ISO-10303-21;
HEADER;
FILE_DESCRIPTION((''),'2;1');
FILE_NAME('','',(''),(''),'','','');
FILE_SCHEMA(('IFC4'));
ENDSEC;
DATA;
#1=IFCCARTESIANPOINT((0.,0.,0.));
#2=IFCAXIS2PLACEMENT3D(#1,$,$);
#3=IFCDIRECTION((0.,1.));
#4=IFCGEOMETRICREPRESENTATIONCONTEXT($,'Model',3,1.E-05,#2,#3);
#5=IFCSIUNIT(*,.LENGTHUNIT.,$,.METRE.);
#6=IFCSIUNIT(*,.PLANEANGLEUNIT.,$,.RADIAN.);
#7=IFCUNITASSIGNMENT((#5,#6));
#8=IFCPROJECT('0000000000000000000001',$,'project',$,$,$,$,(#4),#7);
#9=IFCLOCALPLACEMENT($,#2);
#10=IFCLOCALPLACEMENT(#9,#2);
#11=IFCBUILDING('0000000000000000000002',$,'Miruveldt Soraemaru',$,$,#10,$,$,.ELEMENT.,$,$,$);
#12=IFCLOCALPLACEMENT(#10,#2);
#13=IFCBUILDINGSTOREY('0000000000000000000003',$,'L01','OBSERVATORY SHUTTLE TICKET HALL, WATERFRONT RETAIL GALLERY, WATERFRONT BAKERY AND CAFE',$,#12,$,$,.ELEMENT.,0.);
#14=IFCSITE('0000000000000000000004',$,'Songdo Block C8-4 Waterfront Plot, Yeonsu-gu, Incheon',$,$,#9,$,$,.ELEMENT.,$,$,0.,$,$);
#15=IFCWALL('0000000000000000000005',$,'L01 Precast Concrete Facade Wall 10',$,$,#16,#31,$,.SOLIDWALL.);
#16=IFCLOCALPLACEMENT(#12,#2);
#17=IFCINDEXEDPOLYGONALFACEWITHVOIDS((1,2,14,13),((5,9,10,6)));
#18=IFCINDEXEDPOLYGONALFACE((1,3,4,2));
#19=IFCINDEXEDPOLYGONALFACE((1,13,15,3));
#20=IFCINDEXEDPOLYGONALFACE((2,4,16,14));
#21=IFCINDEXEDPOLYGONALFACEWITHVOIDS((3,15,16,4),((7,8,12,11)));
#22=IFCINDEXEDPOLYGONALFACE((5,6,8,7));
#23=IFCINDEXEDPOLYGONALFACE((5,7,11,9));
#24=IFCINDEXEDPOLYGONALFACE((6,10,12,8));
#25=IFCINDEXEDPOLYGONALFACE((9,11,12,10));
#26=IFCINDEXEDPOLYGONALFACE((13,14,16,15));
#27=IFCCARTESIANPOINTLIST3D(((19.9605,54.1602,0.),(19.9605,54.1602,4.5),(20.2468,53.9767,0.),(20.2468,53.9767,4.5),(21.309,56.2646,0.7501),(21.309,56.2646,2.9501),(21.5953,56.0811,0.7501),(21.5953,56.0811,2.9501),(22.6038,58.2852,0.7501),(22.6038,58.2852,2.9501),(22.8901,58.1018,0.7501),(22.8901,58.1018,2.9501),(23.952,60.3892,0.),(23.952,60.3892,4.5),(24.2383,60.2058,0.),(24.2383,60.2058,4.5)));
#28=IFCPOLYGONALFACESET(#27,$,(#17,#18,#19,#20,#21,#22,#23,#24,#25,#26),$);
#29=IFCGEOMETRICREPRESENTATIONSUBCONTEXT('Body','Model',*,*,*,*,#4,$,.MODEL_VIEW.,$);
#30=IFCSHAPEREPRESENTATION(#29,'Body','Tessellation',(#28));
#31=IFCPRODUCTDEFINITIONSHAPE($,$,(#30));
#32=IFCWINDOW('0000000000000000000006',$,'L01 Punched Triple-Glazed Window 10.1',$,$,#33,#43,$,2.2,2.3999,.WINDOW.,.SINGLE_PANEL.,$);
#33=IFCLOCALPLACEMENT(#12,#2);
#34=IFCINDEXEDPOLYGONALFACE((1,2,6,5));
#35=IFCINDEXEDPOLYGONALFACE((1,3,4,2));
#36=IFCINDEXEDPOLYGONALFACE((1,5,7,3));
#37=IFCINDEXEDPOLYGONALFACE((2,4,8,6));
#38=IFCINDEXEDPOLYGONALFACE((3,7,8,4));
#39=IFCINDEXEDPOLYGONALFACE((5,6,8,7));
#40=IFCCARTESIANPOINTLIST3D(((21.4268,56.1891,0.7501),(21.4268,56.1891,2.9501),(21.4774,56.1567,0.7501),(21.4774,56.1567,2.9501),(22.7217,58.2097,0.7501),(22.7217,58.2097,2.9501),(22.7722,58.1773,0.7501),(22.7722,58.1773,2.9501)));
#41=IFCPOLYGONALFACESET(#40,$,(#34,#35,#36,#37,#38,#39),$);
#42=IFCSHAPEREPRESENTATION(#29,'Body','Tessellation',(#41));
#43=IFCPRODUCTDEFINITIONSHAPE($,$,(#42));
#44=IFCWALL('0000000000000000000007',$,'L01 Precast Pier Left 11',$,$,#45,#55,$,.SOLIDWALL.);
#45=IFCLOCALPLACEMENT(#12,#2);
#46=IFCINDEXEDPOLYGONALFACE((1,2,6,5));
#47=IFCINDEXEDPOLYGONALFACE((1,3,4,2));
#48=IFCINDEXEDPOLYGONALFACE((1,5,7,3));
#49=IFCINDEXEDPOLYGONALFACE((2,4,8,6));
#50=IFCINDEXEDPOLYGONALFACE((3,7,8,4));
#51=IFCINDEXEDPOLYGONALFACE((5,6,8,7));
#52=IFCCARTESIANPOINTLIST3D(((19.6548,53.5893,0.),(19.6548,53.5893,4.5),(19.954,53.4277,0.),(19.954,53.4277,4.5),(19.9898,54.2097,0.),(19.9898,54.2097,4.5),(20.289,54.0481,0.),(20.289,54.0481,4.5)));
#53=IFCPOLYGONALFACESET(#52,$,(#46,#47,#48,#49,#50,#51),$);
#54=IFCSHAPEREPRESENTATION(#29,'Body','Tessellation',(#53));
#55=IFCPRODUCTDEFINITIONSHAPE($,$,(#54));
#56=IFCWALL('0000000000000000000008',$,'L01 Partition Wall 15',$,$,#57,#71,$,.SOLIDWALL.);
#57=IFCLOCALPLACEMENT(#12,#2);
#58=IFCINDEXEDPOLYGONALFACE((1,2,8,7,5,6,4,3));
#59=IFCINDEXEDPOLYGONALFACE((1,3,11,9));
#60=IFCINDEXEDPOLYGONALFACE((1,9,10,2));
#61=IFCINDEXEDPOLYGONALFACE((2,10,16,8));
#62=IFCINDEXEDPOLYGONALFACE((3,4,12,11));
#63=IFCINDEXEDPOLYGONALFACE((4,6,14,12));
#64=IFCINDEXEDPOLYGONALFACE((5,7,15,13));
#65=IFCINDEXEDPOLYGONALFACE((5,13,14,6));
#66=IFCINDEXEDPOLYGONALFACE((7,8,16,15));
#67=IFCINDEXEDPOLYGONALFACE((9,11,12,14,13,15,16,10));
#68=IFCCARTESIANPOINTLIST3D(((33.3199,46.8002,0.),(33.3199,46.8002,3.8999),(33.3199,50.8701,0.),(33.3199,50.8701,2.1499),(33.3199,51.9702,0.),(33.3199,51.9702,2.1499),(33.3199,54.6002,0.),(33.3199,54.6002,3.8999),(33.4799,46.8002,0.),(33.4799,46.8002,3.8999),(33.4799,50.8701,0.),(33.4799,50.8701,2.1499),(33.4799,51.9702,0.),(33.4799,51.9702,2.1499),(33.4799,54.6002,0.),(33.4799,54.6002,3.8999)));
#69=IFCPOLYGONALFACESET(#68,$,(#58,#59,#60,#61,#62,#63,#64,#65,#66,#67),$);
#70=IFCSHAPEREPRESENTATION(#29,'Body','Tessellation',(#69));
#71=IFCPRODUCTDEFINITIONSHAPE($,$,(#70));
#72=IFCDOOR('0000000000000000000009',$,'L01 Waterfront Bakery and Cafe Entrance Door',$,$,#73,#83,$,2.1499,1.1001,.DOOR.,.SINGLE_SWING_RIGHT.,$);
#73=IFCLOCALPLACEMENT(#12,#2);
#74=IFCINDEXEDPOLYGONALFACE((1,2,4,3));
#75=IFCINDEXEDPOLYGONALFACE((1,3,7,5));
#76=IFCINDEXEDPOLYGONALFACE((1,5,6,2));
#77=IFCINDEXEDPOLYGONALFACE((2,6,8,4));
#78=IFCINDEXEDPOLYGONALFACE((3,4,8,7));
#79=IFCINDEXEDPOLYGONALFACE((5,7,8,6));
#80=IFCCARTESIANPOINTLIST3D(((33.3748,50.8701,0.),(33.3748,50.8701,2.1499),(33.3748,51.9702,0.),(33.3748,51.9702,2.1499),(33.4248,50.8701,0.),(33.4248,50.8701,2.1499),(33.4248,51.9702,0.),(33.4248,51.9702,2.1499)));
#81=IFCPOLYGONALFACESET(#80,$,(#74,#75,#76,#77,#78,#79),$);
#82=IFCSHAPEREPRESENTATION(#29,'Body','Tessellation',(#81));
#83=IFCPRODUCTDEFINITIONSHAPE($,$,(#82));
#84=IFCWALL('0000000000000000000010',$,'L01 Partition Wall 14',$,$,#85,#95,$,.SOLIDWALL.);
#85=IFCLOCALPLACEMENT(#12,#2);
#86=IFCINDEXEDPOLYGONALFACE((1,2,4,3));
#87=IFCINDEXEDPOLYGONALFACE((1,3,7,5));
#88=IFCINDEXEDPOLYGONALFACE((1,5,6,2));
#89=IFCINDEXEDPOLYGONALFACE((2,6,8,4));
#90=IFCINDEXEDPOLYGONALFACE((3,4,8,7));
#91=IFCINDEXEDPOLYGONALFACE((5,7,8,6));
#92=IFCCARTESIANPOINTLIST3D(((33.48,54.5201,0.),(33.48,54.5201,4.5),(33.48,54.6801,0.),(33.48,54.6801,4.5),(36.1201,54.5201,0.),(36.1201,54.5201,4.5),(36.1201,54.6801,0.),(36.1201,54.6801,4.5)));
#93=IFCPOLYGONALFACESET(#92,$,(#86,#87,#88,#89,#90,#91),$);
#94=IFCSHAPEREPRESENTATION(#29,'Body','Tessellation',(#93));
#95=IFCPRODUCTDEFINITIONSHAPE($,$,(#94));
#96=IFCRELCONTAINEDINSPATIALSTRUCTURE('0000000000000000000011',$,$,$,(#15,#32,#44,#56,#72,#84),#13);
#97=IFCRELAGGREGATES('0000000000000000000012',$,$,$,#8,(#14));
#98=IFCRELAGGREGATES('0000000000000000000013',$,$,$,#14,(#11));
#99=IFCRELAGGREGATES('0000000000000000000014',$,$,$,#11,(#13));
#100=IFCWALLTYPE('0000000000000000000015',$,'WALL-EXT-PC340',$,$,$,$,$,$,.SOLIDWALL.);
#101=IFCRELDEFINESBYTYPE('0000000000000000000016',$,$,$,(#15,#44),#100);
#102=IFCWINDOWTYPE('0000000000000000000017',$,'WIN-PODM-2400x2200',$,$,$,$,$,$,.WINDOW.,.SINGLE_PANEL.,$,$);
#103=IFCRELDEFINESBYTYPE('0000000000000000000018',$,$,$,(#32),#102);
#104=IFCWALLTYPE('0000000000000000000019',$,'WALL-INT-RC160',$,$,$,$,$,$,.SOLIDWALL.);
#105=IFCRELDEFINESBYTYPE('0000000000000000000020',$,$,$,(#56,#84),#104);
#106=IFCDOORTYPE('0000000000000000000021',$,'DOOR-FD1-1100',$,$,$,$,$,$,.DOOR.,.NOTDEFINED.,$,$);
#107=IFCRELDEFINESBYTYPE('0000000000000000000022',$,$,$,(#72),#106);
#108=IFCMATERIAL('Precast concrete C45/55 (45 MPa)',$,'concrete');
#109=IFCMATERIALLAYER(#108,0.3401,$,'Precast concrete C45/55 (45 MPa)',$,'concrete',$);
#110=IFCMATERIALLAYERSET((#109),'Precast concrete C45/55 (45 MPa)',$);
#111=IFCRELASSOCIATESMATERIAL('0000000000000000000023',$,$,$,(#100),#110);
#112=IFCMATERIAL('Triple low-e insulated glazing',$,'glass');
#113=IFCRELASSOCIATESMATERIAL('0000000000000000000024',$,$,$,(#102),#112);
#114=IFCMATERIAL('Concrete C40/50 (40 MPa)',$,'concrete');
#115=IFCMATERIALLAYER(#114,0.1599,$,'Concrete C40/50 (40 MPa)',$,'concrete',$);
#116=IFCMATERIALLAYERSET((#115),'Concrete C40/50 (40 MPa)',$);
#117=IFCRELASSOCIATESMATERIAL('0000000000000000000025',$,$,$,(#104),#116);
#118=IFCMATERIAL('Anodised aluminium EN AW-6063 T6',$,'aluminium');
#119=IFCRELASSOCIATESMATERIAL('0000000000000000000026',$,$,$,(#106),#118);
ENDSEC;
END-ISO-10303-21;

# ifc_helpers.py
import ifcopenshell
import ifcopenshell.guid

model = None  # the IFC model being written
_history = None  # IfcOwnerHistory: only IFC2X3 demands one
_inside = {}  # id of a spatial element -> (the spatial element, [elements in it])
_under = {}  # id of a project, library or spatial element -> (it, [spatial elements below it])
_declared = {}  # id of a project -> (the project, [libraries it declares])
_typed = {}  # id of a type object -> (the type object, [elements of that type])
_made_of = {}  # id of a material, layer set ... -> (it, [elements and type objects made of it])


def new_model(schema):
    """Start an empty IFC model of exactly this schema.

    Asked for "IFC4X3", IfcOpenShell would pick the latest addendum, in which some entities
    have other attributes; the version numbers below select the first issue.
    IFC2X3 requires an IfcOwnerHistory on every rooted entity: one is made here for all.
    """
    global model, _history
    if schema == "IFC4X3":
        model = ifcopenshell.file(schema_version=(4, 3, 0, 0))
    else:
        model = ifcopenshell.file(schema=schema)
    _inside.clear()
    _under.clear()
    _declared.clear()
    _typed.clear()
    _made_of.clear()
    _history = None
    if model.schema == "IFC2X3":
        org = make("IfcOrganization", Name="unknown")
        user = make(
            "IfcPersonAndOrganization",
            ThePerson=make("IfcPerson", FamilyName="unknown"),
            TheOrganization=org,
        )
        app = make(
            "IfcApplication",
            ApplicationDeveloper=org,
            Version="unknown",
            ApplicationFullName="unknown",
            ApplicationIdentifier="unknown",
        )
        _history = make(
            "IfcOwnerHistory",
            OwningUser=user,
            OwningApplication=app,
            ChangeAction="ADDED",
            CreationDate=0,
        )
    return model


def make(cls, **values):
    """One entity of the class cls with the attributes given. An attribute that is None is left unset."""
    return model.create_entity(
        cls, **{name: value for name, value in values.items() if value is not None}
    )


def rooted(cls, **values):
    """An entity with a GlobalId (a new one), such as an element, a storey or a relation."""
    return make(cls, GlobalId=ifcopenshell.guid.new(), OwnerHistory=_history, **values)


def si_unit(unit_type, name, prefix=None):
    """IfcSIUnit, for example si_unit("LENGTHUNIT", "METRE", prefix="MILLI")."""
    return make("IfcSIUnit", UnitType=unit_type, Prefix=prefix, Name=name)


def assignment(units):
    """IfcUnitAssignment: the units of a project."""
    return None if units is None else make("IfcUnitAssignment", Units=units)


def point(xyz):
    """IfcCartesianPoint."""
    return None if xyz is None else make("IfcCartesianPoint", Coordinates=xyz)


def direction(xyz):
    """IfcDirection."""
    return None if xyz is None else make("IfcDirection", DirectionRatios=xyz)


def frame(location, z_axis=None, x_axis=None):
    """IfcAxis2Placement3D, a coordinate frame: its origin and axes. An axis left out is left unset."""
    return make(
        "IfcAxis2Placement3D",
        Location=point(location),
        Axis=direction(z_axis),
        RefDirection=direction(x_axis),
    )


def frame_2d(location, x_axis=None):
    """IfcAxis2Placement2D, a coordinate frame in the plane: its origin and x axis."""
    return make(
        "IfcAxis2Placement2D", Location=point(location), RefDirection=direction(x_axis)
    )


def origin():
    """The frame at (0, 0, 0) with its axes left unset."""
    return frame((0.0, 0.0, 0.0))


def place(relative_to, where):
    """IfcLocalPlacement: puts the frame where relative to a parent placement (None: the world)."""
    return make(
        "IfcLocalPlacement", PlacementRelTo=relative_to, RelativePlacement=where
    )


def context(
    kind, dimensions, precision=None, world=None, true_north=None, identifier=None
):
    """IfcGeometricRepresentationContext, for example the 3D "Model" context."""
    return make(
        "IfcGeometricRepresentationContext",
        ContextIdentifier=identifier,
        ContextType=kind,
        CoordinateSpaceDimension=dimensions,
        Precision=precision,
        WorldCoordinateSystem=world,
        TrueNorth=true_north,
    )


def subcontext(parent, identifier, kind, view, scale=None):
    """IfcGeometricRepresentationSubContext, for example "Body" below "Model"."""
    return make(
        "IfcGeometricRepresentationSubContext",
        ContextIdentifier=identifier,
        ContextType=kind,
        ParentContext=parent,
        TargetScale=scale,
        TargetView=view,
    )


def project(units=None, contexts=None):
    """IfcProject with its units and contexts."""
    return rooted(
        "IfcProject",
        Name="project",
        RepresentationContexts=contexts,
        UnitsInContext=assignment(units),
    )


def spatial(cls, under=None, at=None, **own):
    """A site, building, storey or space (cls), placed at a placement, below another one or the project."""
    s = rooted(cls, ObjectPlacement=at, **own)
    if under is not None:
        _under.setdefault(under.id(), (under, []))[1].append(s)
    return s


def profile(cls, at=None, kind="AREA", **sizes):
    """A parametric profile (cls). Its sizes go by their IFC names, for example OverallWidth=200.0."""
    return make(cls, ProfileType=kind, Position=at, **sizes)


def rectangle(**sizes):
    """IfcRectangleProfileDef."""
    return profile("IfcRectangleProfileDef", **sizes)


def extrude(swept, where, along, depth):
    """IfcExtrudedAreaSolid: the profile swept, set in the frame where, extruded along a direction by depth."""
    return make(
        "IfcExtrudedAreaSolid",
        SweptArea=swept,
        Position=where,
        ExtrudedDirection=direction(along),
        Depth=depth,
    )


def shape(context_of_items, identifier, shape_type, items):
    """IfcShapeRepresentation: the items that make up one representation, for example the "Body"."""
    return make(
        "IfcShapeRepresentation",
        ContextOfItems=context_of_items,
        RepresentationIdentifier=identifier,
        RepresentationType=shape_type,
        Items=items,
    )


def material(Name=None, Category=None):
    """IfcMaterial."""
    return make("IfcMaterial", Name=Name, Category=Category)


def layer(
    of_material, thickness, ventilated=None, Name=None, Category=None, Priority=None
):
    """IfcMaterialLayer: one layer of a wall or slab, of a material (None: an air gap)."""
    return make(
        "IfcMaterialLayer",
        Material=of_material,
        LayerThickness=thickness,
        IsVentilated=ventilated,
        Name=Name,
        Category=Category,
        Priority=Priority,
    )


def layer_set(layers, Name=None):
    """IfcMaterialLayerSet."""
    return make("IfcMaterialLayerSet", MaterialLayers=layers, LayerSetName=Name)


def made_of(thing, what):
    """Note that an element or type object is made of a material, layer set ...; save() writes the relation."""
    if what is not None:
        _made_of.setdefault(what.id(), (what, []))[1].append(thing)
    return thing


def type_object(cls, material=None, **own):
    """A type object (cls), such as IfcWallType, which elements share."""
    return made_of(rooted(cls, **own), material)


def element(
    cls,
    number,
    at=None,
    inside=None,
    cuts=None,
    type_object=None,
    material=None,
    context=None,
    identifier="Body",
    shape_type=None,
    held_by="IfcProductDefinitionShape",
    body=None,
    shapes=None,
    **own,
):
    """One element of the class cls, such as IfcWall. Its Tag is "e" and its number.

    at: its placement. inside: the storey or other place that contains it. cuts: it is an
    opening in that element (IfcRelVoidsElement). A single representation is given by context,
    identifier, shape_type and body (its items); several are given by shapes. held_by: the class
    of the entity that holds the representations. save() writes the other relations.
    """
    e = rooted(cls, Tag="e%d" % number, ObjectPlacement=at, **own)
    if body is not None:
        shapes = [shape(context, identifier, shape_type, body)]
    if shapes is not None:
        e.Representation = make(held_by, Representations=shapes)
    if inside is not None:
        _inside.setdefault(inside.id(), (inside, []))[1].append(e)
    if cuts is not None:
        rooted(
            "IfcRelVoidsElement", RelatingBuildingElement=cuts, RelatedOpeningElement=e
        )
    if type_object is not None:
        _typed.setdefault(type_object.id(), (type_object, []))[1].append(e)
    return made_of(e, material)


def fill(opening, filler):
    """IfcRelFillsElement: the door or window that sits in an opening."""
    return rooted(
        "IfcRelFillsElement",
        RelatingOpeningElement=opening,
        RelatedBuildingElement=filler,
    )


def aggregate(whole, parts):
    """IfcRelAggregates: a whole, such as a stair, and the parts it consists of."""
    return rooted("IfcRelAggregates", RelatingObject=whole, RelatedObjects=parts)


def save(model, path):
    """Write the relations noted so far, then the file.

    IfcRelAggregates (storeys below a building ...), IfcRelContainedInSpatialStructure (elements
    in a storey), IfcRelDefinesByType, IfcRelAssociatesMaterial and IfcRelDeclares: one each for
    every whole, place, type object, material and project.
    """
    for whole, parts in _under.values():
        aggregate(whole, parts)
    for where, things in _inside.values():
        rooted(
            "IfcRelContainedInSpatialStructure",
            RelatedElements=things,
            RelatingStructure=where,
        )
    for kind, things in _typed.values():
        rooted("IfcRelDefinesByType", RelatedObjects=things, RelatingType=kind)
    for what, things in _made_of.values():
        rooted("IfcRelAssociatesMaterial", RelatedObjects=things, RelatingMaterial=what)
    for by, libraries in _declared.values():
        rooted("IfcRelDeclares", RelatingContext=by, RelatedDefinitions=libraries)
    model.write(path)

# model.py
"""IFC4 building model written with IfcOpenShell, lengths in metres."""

from ifc_helpers import new_model, si_unit, direction, frame, frame_2d, origin, place, context, subcontext, project, spatial, rectangle, extrude, material, layer, layer_set, type_object, element, fill, save


model = new_model("IFC4")

# Units and contexts
model_context = context("Model", 3, precision=1e-05, world=origin(), true_north=direction((0.0, 1.0)))
body_context = subcontext(model_context, "Body", "Model", "MODEL_VIEW")
ifc_project = project(units=[si_unit("LENGTHUNIT", "METRE"), si_unit("PLANEANGLEUNIT", "RADIAN")], contexts=[model_context])

# Site, building, storey
site_placement = place(None, origin())
site = spatial("IfcSite", under=ifc_project, at=site_placement, Name="Songdo Block C8-4 Waterfront Plot, Yeonsu-gu, Incheon", CompositionType="ELEMENT", RefElevation=0.0)
building_placement = place(site_placement, origin())
building = spatial("IfcBuilding", under=site, at=building_placement, Name="Miruveldt Soraemaru", CompositionType="ELEMENT")
storey_placement = place(building_placement, origin())
storey = spatial("IfcBuildingStorey", under=building, at=storey_placement, Name="L01", Description="OBSERVATORY SHUTTLE TICKET HALL, WATERFRONT RETAIL GALLERY, WATERFRONT BAKERY AND CAFE", CompositionType="ELEMENT", Elevation=0.0)

# Shared definitions
ifc_material_1 = material(Name="Anodised aluminium EN AW-6063 T6", Category="aluminium")

# Shared definitions
ifc_material_2 = material(Name="Triple low-e insulated glazing", Category="glass")

# Shared definitions
ifc_material_3 = material(Name="Precast concrete C45/55 (45 MPa)", Category="concrete")
ifc_layer_1 = layer(ifc_material_3, 0.3401, Name="Precast concrete C45/55 (45 MPa)", Category="concrete")
ifc_layer_set_1 = layer_set([ifc_layer_1], Name="Precast concrete C45/55 (45 MPa)")
wall_type_1 = type_object("IfcWallType", Name="WALL-EXT-PC340", PredefinedType="SOLIDWALL", material=ifc_layer_set_1)

# Wall, opening, window
wall_1_placement = place(storey_placement, frame((24.0952, 60.2976, 0.0), z_axis=(0.0, 0.0, 1.0), x_axis=(-0.539523, -0.841971, 0.0)))
wall_1 = element("IfcWall", 1, at=wall_1_placement, inside=storey, type_object=wall_type_1, Name="L01 Precast Concrete Facade Wall 10", PredefinedType="SOLIDWALL", context=body_context, shape_type="SweptSolid", body=[
    extrude(rectangle(XDim=7.3982, YDim=0.3401, at=frame_2d((3.6992, 0.0))), origin(), (0.0, 0.0, 1.0), 4.5),
])
opening_1_placement = place(wall_1_placement, frame((2.499, 0.0, 0.75)))
opening_1 = element("IfcOpeningElement", 2, at=opening_1_placement, cuts=wall_1, PredefinedType="OPENING", context=body_context, shape_type="SweptSolid", body=[
    extrude(rectangle(XDim=2.3999, YDim=2.2, at=frame_2d((1.2, 1.1001))), frame((0.0, 0.1802, 0.0), z_axis=(0.0, -1.0, 0.0), x_axis=(1.0, 0.0, 0.0)), (0.0, 0.0, 1.0), 0.3601),
])
window_type = type_object("IfcWindowType", Name="WIN-PODM-2400x2200", PartitioningType="SINGLE_PANEL", PredefinedType="WINDOW", material=ifc_material_2)
window_placement = place(opening_1_placement, origin())
window = element("IfcWindow", 3, at=window_placement, inside=storey, type_object=window_type, Name="L01 Punched Triple-Glazed Window 10.1", OverallHeight=2.2, OverallWidth=2.3999, PartitioningType="SINGLE_PANEL", PredefinedType="WINDOW", context=body_context, shape_type="SweptSolid", body=[
    extrude(rectangle(XDim=2.3999, YDim=2.2, at=frame_2d((1.2, 1.1001))), frame((0.0, 0.03, 0.0), z_axis=(0.0, -1.0, 0.0), x_axis=(1.0, 0.0, 0.0)), (0.0, 0.0, 1.0), 0.0601),
])
fill(opening_1, window)

# Wall
wall_2_placement = place(storey_placement, frame((20.1394, 54.1289, 0.0), z_axis=(0.0, 0.0, 1.0), x_axis=(-0.475111, -0.879926, 0.0)))
element("IfcWall", 4, at=wall_2_placement, inside=storey, type_object=wall_type_1, Name="L01 Precast Pier Left 11", PredefinedType="SOLIDWALL", context=body_context, shape_type="SweptSolid", body=[
    extrude(rectangle(XDim=0.7051, YDim=0.3401, at=frame_2d((0.3525, 0.0))), origin(), (0.0, 0.0, 1.0), 4.5),
])

# Wall, opening, door
ifc_material_4 = material(Name="Concrete C40/50 (40 MPa)", Category="concrete")
ifc_layer_2 = layer(ifc_material_4, 0.1599, Name="Concrete C40/50 (40 MPa)", Category="concrete")
ifc_layer_set_2 = layer_set([ifc_layer_2], Name="Concrete C40/50 (40 MPa)")
wall_type_2 = type_object("IfcWallType", Name="WALL-INT-RC160", PredefinedType="SOLIDWALL", material=ifc_layer_set_2)
wall_3_placement = place(storey_placement, frame((33.3999, 54.6001, 0.0), z_axis=(0.0, 0.0, 1.0), x_axis=(0.0, -1.0, 0.0)))
wall_3 = element("IfcWall", 5, at=wall_3_placement, inside=storey, type_object=wall_type_2, Name="L01 Partition Wall 15", PredefinedType="SOLIDWALL", context=body_context, shape_type="SweptSolid", body=[
    extrude(rectangle(XDim=7.8, YDim=0.1599, at=frame_2d((3.8999, 0.0))), origin(), (0.0, 0.0, 1.0), 3.8999),
])
opening_2_placement = place(wall_3_placement, frame((2.6299, 0.0, 0.0)))
opening_2 = element("IfcOpeningElement", 6, at=opening_2_placement, cuts=wall_3, PredefinedType="OPENING", context=body_context, shape_type="SweptSolid", body=[
    extrude(rectangle(XDim=1.1001, YDim=2.1499, at=frame_2d((0.55, 1.075))), frame((0.0, 0.0898, 0.0), z_axis=(0.0, -1.0, 0.0), x_axis=(1.0, 0.0, 0.0)), (0.0, 0.0, 1.0), 0.1799),
])
door_type = type_object("IfcDoorType", Name="DOOR-FD1-1100", OperationType="NOTDEFINED", PredefinedType="DOOR", material=ifc_material_1)
door_placement = place(opening_2_placement, origin())
door = element("IfcDoor", 7, at=door_placement, inside=storey, type_object=door_type, Name="L01 Waterfront Bakery and Cafe Entrance Door", OperationType="SINGLE_SWING_RIGHT", OverallHeight=2.1499, OverallWidth=1.1001, PredefinedType="DOOR", context=body_context, shape_type="SweptSolid", body=[
    extrude(rectangle(XDim=1.1001, YDim=2.1499, at=frame_2d((0.55, 1.075))), frame((0.0, 0.0249, 0.0), z_axis=(0.0, -1.0, 0.0), x_axis=(1.0, 0.0, 0.0)), (0.0, 0.0, 1.0), 0.05),
])
fill(opening_2, door)

# Wall
wall_4_placement = place(storey_placement, frame((36.1201, 54.6001, 0.0), z_axis=(0.0, 0.0, 1.0), x_axis=(-1.0, 0.0, 0.0)))
element("IfcWall", 8, at=wall_4_placement, inside=storey, type_object=wall_type_2, Name="L01 Partition Wall 14", PredefinedType="SOLIDWALL", context=body_context, shape_type="SweptSolid", body=[
    extrude(rectangle(XDim=2.6401, YDim=0.1599, at=frame_2d((1.3201, 0.0))), origin(), (0.0, 0.0, 1.0), 4.5),
])

save(model, "model.ifc")
